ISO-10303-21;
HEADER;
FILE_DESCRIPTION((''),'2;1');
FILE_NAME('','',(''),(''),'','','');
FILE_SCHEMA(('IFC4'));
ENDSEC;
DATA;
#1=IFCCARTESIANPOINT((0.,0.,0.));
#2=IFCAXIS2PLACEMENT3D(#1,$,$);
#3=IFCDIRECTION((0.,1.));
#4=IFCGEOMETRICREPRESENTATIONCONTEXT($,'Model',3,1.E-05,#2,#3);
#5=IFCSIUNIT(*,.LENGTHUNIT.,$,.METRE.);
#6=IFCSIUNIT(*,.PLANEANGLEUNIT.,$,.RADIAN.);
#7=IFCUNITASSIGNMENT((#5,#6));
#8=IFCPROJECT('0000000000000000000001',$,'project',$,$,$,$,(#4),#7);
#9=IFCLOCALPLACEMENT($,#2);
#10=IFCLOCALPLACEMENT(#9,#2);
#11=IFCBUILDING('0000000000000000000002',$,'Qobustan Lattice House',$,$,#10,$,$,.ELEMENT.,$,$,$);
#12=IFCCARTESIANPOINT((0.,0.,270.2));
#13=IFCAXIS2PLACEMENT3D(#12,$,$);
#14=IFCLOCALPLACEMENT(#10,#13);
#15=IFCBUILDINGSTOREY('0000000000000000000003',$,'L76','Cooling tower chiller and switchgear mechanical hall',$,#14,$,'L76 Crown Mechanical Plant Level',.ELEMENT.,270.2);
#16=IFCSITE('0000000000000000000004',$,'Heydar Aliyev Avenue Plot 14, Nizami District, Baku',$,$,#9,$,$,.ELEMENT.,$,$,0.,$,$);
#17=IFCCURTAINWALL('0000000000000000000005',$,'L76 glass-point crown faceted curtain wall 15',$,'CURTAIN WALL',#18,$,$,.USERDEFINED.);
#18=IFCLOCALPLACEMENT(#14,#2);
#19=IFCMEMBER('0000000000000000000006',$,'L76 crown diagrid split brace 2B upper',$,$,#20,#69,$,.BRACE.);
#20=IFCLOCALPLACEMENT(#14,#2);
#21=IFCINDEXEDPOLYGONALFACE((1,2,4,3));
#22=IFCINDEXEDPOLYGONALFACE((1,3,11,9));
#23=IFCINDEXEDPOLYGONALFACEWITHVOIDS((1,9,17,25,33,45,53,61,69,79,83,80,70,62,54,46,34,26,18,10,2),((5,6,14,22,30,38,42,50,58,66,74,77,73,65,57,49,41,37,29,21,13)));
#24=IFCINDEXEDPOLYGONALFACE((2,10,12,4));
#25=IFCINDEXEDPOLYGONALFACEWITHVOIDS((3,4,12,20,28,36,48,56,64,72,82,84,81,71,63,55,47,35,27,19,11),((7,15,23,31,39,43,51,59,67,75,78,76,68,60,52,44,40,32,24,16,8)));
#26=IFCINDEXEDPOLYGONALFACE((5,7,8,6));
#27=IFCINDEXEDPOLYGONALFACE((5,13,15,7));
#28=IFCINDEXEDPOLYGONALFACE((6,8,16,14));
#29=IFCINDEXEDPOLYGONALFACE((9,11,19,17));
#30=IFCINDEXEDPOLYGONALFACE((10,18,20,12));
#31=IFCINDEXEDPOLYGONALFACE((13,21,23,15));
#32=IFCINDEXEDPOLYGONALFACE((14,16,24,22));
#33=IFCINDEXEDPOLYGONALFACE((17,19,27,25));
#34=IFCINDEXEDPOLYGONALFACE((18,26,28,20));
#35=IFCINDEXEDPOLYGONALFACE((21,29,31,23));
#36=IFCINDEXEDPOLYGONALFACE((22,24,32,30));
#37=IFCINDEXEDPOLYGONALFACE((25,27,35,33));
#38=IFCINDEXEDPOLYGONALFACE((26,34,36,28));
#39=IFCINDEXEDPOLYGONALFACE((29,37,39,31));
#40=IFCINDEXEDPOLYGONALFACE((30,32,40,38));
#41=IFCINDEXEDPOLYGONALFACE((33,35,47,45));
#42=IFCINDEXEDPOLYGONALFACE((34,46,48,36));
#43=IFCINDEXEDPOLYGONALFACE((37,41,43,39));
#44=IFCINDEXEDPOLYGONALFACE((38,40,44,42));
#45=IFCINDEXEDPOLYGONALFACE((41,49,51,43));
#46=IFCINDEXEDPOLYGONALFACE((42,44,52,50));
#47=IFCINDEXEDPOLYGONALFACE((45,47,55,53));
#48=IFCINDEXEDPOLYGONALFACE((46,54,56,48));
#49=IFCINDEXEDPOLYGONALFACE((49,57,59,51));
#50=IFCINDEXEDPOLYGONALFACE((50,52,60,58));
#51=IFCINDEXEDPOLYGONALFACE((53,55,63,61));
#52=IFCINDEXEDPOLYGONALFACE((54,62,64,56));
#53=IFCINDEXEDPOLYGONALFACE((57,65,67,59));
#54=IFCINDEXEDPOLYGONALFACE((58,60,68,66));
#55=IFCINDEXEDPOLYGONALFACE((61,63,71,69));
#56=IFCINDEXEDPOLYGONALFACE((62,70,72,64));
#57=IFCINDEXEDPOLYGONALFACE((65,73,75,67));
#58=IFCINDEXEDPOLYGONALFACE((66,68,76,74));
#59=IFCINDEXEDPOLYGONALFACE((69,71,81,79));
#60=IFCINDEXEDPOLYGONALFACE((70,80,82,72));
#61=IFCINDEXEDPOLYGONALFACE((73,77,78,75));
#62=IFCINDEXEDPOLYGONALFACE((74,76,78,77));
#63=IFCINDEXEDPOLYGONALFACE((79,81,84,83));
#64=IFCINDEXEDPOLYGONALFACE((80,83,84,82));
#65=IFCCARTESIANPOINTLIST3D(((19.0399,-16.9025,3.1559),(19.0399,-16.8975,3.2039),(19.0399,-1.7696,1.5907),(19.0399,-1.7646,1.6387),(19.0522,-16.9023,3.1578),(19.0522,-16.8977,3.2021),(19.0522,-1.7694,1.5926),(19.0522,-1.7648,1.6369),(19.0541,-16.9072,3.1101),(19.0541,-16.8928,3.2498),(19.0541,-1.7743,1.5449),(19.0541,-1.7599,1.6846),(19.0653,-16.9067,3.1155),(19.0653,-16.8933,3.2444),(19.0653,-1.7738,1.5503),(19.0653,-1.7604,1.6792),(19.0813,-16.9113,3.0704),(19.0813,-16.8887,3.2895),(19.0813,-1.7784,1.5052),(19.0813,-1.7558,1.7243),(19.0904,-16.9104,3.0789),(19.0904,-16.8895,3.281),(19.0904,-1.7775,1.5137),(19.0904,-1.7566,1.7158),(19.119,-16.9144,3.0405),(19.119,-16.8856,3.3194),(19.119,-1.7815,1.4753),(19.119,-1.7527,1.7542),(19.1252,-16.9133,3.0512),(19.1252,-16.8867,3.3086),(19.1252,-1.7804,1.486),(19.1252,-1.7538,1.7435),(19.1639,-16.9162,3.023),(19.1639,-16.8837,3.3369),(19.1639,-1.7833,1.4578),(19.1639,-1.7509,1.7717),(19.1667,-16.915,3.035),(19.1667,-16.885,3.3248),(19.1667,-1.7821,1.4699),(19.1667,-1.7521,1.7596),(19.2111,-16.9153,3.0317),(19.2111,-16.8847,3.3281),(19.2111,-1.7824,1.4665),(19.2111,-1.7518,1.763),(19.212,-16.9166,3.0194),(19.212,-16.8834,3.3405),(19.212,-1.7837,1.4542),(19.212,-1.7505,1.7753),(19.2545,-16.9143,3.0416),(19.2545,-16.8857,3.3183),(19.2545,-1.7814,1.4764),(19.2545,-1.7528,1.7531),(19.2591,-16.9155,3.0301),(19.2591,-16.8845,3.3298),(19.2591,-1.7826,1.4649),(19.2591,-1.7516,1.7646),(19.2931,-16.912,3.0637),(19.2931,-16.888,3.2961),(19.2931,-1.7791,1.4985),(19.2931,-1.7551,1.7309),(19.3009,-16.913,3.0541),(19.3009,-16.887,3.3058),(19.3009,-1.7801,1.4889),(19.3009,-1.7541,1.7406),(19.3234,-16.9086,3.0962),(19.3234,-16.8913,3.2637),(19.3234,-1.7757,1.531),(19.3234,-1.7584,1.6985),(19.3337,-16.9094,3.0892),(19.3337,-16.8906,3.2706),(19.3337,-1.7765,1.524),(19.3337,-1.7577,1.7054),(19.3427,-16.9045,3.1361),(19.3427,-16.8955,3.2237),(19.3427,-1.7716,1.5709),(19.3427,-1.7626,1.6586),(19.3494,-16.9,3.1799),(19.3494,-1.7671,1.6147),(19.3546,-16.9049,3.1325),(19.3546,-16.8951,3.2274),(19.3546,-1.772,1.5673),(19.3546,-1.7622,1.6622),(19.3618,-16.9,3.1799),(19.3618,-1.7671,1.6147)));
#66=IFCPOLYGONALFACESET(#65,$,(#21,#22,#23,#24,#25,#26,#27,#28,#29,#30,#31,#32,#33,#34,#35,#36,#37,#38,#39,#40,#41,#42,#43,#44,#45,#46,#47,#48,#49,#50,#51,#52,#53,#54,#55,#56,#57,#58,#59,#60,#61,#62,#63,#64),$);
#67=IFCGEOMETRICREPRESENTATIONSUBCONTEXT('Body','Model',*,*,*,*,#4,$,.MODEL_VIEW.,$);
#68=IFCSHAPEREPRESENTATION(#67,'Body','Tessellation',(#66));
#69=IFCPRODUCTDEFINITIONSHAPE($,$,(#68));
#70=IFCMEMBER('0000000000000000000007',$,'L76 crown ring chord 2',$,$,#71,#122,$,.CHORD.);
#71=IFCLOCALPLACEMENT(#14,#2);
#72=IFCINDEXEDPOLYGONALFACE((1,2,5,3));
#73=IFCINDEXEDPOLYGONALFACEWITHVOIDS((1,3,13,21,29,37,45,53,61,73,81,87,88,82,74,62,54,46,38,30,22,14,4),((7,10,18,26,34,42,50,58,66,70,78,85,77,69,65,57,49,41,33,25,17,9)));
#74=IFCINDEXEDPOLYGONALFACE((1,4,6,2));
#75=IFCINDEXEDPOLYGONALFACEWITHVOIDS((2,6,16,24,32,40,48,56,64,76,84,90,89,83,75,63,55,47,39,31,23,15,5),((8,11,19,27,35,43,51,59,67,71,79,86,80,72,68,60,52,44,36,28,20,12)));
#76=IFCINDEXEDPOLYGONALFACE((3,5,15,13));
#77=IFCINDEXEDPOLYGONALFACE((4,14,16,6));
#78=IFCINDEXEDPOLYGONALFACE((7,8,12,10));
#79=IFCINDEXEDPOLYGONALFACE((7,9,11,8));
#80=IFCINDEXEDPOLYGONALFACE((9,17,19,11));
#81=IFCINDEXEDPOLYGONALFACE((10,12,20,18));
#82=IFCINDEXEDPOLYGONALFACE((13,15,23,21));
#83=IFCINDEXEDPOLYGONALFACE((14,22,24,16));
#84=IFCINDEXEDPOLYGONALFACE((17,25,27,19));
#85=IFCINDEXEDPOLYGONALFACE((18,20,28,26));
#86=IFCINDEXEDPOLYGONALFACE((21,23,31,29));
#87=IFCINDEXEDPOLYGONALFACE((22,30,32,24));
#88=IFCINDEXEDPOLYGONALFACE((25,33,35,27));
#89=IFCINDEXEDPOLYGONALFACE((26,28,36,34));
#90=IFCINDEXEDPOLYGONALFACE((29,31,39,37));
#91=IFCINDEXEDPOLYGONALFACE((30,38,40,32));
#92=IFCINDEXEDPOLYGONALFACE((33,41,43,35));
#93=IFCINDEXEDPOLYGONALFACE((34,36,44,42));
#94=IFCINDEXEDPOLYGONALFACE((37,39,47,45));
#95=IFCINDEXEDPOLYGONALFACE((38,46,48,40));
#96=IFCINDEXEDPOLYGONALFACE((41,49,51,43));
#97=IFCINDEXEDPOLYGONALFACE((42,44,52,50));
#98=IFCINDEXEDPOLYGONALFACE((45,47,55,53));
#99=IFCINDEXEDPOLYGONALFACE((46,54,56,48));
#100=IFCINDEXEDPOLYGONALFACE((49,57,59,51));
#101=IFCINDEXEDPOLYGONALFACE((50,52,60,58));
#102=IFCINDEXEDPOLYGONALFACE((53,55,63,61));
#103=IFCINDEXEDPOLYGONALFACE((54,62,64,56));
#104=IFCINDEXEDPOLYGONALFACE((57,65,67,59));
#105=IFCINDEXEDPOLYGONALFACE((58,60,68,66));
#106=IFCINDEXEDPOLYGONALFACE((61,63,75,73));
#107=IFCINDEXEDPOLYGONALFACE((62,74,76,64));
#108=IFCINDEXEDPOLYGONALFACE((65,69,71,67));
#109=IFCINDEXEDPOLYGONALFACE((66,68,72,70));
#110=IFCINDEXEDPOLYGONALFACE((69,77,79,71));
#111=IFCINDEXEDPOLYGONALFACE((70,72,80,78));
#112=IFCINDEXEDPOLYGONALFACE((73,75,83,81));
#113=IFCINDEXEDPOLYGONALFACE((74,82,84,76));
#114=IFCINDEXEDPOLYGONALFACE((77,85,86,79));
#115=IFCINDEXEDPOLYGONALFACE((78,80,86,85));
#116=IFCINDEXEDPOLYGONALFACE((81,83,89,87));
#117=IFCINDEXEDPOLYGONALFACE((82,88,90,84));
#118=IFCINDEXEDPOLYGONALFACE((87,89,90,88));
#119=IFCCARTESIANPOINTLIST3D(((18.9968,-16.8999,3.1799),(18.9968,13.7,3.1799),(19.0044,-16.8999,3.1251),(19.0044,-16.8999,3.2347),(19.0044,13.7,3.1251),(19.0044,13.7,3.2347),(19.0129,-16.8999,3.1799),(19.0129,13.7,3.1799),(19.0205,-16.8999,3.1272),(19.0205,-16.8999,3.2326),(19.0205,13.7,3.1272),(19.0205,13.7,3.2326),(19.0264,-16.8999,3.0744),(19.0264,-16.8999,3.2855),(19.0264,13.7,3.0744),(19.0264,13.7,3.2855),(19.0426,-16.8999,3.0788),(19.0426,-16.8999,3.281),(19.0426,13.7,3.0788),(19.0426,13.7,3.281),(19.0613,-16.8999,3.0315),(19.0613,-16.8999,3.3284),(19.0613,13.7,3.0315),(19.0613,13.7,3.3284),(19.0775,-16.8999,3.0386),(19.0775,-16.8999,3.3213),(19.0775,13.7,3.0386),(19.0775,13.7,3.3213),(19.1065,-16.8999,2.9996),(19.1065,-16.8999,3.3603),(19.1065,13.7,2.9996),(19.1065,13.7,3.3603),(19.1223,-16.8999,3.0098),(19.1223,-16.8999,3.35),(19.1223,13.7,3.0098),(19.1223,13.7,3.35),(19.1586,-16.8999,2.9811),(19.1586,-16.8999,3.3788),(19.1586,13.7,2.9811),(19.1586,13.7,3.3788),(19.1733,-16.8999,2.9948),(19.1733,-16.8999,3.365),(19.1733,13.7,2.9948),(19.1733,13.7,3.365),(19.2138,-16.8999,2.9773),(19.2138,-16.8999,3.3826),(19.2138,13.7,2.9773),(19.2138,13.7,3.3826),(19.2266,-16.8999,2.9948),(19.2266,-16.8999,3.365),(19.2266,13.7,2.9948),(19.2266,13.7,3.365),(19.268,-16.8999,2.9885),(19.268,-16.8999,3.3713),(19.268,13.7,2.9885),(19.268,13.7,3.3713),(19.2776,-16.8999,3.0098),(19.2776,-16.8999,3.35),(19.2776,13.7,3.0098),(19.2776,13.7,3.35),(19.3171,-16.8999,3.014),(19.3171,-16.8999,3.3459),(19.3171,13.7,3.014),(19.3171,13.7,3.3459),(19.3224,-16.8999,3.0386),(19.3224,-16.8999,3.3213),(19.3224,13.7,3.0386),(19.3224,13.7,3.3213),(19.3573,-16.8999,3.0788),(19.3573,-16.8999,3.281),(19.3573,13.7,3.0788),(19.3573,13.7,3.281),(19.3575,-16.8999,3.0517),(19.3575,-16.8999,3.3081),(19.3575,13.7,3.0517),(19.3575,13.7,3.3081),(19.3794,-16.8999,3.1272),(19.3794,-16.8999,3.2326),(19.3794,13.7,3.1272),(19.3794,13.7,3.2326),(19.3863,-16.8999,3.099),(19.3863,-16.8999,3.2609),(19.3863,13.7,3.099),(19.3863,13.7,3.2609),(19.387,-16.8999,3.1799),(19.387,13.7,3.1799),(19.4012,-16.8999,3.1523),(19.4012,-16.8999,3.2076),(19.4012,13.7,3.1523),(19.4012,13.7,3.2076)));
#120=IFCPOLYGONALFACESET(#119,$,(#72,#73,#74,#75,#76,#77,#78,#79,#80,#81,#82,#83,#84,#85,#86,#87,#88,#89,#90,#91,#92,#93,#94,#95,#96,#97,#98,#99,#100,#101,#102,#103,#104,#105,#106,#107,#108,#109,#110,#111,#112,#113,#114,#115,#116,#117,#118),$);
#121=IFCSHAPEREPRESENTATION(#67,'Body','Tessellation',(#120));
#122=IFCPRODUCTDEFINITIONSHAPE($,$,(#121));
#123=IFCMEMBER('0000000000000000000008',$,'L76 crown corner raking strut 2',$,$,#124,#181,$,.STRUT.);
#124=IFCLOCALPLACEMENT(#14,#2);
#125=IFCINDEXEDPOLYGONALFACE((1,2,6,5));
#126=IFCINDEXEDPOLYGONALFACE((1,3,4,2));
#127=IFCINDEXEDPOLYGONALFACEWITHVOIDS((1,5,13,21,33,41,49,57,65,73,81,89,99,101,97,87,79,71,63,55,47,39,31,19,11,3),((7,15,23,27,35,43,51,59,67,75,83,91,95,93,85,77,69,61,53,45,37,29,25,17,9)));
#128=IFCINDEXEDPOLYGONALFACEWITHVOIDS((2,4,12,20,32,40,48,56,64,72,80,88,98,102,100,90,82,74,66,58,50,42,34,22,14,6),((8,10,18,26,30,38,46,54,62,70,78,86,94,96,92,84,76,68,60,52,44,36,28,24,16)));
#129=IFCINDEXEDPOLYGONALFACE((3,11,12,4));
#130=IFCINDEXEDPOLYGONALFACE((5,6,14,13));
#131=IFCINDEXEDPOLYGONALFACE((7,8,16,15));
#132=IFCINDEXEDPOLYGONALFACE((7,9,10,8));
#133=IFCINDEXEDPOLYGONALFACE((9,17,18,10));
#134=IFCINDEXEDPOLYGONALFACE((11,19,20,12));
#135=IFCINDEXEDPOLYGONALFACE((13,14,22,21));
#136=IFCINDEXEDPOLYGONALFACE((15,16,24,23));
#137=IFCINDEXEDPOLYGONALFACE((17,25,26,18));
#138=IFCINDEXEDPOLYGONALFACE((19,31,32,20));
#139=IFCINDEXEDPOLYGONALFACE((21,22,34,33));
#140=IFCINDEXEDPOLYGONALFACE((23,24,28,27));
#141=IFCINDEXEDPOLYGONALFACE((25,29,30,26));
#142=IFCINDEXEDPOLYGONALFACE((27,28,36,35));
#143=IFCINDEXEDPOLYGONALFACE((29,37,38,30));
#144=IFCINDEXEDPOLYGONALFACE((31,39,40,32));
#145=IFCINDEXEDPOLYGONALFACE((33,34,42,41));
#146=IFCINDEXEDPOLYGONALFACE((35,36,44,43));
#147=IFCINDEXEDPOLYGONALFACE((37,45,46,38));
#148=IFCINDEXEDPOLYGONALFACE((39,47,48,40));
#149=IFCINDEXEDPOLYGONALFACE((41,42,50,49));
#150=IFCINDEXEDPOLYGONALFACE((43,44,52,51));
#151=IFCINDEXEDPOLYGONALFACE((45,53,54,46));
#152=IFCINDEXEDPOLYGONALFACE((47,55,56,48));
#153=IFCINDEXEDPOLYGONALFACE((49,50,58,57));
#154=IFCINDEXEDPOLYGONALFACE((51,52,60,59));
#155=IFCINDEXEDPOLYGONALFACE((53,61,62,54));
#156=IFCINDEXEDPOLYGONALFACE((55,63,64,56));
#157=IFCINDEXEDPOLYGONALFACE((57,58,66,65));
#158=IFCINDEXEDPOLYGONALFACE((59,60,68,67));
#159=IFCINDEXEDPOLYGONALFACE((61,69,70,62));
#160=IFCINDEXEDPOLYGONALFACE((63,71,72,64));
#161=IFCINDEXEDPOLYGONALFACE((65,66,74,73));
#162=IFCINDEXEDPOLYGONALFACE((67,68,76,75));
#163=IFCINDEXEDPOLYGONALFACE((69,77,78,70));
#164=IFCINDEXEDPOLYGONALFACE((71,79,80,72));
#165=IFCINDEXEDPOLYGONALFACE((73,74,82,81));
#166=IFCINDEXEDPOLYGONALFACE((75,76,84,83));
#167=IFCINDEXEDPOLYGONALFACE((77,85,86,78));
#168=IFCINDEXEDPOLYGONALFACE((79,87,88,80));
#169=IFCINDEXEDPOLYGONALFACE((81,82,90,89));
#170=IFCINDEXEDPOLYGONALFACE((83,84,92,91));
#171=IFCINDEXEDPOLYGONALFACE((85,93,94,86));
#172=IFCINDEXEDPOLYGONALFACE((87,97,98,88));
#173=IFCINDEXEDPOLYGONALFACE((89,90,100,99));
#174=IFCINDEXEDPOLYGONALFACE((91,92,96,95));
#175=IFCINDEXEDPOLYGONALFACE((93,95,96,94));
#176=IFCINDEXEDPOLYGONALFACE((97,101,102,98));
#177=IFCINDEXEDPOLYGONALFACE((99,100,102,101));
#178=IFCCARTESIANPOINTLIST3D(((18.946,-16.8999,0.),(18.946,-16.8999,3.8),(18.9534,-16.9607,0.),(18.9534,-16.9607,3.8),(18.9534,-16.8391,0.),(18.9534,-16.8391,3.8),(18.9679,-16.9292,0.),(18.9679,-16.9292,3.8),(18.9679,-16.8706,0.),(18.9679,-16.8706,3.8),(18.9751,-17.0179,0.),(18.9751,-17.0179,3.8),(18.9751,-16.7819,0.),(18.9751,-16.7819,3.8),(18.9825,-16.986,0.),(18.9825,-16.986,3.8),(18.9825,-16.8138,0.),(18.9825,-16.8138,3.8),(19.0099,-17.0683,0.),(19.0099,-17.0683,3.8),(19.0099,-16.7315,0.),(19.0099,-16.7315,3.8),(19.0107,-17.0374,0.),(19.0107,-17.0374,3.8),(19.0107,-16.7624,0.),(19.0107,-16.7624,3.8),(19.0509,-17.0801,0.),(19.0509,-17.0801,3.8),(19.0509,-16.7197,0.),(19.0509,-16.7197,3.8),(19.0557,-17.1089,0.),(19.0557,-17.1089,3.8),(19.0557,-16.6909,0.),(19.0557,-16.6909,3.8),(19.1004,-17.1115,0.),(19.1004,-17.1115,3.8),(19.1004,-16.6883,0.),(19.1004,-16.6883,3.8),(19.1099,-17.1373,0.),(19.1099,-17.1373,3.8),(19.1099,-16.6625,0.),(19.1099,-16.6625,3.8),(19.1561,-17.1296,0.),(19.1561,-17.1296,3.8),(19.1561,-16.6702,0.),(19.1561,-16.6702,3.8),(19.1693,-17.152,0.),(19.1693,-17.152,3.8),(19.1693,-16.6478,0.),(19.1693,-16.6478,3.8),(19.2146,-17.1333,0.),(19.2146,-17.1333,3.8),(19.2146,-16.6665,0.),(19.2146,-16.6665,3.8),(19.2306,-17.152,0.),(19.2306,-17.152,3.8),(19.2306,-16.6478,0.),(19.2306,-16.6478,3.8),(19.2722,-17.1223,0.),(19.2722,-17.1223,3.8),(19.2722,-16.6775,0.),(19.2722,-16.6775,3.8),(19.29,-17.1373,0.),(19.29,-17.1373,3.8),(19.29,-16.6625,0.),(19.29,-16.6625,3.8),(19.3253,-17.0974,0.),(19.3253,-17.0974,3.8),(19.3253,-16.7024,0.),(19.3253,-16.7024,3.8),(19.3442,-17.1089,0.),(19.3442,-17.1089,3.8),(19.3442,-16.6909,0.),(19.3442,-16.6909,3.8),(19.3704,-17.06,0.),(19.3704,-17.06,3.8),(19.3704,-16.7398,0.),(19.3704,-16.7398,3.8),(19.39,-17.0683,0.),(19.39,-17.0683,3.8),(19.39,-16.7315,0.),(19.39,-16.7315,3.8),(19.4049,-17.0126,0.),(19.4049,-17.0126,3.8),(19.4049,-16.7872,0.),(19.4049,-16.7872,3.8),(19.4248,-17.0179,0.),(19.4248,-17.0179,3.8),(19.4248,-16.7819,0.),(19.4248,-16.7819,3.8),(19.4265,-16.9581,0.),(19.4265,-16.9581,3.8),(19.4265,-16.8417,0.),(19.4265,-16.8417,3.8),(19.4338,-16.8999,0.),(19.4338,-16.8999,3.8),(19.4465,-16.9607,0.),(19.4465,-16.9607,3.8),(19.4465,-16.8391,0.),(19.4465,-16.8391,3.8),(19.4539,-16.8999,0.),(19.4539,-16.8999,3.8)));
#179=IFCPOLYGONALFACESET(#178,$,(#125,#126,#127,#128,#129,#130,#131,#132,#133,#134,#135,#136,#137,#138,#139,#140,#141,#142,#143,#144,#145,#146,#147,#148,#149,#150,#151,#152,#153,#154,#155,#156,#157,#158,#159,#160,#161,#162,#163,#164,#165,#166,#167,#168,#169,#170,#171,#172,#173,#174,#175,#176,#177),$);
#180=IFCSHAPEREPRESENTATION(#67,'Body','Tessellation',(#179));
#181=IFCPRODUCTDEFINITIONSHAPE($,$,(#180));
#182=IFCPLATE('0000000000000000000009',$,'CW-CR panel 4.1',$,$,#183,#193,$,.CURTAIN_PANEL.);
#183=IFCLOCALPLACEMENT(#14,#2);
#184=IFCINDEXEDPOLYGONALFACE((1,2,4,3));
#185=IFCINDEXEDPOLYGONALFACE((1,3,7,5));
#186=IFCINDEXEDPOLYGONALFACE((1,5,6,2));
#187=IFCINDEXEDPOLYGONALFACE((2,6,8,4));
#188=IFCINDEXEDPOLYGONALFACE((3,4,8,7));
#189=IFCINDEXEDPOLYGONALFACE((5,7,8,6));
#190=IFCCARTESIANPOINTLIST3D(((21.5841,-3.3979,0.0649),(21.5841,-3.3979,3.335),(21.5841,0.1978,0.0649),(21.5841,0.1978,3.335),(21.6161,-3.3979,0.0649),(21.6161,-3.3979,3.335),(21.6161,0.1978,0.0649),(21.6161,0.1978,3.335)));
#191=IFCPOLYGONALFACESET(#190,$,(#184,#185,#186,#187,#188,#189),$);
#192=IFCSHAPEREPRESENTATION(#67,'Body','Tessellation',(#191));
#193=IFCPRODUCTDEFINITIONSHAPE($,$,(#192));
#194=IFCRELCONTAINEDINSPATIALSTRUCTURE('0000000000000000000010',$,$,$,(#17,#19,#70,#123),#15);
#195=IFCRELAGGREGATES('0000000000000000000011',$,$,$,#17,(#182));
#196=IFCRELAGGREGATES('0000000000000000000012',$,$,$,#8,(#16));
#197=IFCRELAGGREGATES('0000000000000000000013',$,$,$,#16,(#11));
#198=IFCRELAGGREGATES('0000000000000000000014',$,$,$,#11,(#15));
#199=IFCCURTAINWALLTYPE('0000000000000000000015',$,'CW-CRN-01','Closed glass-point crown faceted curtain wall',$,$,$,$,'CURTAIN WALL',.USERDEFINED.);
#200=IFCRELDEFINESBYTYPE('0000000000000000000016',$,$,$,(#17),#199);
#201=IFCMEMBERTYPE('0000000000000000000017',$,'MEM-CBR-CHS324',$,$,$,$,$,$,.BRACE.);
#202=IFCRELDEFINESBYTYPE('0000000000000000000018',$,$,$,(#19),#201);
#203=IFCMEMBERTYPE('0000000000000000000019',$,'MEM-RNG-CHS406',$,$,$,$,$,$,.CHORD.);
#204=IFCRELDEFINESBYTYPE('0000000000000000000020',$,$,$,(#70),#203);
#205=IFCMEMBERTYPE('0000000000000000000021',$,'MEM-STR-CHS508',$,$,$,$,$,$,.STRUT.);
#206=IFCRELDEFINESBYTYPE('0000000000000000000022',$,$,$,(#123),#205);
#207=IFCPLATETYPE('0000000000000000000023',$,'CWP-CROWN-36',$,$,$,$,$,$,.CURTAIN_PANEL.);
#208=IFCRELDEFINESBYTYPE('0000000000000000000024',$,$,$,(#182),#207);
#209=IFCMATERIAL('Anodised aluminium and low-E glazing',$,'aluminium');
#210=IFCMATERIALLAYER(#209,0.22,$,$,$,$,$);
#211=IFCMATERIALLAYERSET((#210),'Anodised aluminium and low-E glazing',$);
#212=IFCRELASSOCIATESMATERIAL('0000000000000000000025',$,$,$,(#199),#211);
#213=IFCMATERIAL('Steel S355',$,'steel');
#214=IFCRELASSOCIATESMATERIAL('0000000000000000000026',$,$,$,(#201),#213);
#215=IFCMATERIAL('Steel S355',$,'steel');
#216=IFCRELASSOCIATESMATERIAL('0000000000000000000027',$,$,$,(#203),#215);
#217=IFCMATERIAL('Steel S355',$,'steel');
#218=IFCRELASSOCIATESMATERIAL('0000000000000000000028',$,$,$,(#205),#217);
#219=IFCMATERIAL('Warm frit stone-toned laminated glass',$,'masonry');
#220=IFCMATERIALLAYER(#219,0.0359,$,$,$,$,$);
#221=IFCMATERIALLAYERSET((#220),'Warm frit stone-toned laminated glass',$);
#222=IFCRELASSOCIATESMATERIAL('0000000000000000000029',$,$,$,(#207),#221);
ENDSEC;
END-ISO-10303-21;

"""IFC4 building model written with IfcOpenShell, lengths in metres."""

from ifc_helpers import new_model, si_unit, direction, frame, origin, origin_2d, place, context, subcontext, project, spatial, rectangle, hollow_circle, extrude, material, layer, layer_set, material_profile, profile_set, type_object, element, aggregate, save


model = new_model("IFC4")

# Units and contexts
model_context = context("Model", 3, precision=1e-05, world=origin(), true_north=direction((0.0, 1.0)))
body_context = subcontext(model_context, "Body", "Model", "MODEL_VIEW")
ifc_project = project(units=[si_unit("LENGTHUNIT", "METRE"), si_unit("PLANEANGLEUNIT", "RADIAN")], contexts=[model_context])

# Site, building, storey
site_placement = place(None, origin())
site = spatial("IfcSite", under=ifc_project, at=site_placement, Name="Heydar Aliyev Avenue Plot 14, Nizami District, Baku", CompositionType="ELEMENT", RefElevation=0.0)
building_placement = place(site_placement, origin())
building = spatial("IfcBuilding", under=site, at=building_placement, Name="Qobustan Lattice House", CompositionType="ELEMENT")
storey_placement = place(building_placement, frame((0.0, 0.0, 270.2)))
storey = spatial("IfcBuildingStorey", under=building, at=storey_placement, Name="L76", Description="Cooling tower chiller and switchgear mechanical hall", LongName="L76 Crown Mechanical Plant Level", CompositionType="ELEMENT", Elevation=270.2)

# Curtain wall
ifc_material_1 = material(Name="Anodised aluminium and low-E glazing", Category="aluminium")
ifc_layer_1 = layer(ifc_material_1, 0.22)
ifc_layer_set_1 = layer_set([ifc_layer_1], Name="Anodised aluminium and low-E glazing")
curtain_wall_type = type_object("IfcCurtainWallType", Name="CW-CRN-01", Description="Closed glass-point crown faceted curtain wall", ElementType="CURTAIN WALL", PredefinedType="USERDEFINED", material=ifc_layer_set_1)
curtain_wall_1_placement = place(storey_placement, origin())
curtain_wall_1 = element("IfcCurtainWall", 1, at=curtain_wall_1_placement, inside=storey, type_object=curtain_wall_type, Name="L76 glass-point crown faceted curtain wall 15", ObjectType="CURTAIN WALL", PredefinedType="USERDEFINED")

# Members
ifc_material_2 = material(Name="Steel S355", Category="steel")
ifc_material_profile_1 = material_profile(ifc_material_2, hollow_circle(Radius=0.1619, WallThickness=0.0125, at=origin_2d()), Name="CHS323.9x12.5")
ifc_profile_set_1 = profile_set([ifc_material_profile_1], Name="Steel S355")
member_type_1 = type_object("IfcMemberType", Name="MEM-CBR-CHS324", PredefinedType="BRACE", material=ifc_profile_set_1)
member_1_placement = place(storey_placement, frame((19.2, -1.7671, 1.6147), z_axis=(0.0, -0.994694, 0.102881), x_axis=(1.0, 0.0, 0.0)))
element("IfcMember", 2, at=member_1_placement, inside=storey, type_object=member_type_1, Name="L76 crown diagrid split brace 2B upper", PredefinedType="BRACE", context=body_context, shape_type="SweptSolid", body=[
    extrude(hollow_circle(Radius=0.1619, WallThickness=0.0125, at=origin_2d()), origin(), (0.0, 0.0, 1.0), 15.2136),
])
ifc_material_3 = material(Name="Steel S355", Category="steel")
ifc_material_profile_2 = material_profile(ifc_material_3, hollow_circle(Radius=0.2031, WallThickness=0.0161, at=origin_2d()), Name="CHS406.4x16")
ifc_profile_set_2 = profile_set([ifc_material_profile_2], Name="Steel S355")
member_type_2 = type_object("IfcMemberType", Name="MEM-RNG-CHS406", PredefinedType="CHORD", material=ifc_profile_set_2)
member_2_placement = place(storey_placement, frame((19.2, -16.8999, 3.1799), z_axis=(0.0, 1.0, 0.0), x_axis=(-1.0, 0.0, 0.0)))
element("IfcMember", 3, at=member_2_placement, inside=storey, type_object=member_type_2, Name="L76 crown ring chord 2", PredefinedType="CHORD", context=body_context, shape_type="SweptSolid", body=[
    extrude(hollow_circle(Radius=0.2031, WallThickness=0.0161, at=origin_2d()), origin(), (0.0, 0.0, 1.0), 30.5999),
])
ifc_material_4 = material(Name="Steel S355", Category="steel")
ifc_material_profile_3 = material_profile(ifc_material_4, hollow_circle(Radius=0.2539, WallThickness=0.02, at=origin_2d()), Name="CHS508x20")
ifc_profile_set_3 = profile_set([ifc_material_profile_3], Name="Steel S355")
member_type_3 = type_object("IfcMemberType", Name="MEM-STR-CHS508", PredefinedType="STRUT", material=ifc_profile_set_3)
member_3_placement = place(storey_placement, frame((19.2, -16.8999, 0.0), z_axis=(0.0, 0.0, 1.0), x_axis=(1.0, 0.0, 0.0)))
element("IfcMember", 4, at=member_3_placement, inside=storey, type_object=member_type_3, Name="L76 crown corner raking strut 2", PredefinedType="STRUT", context=body_context, shape_type="SweptSolid", body=[
    extrude(hollow_circle(Radius=0.2539, WallThickness=0.02, at=origin_2d()), origin(), (0.0, 0.0, 1.0), 3.8),
])

# Plate
ifc_material_5 = material(Name="Warm frit stone-toned laminated glass", Category="masonry")
ifc_layer_2 = layer(ifc_material_5, 0.0359)
ifc_layer_set_2 = layer_set([ifc_layer_2], Name="Warm frit stone-toned laminated glass")
plate_type_1 = type_object("IfcPlateType", Name="CWP-CROWN-36", PredefinedType="CURTAIN_PANEL", material=ifc_layer_set_2)
plate_1_placement = place(storey_placement, frame((21.6001, -1.6001, 0.0649), z_axis=(0.0, 0.0, 1.0), x_axis=(0.0, -1.0, 0.0)))
plate_1 = element("IfcPlate", 5, at=plate_1_placement, type_object=plate_type_1, Name="CW-CR panel 4.1", PredefinedType="CURTAIN_PANEL", context=body_context, shape_type="SweptSolid", body=[
    extrude(rectangle(XDim=3.5957, YDim=0.032, at=origin_2d()), origin(), (0.0, 0.0, 1.0), 3.27),
])
aggregate(curtain_wall_1, [plate_1])

save(model, "model.ifc")
